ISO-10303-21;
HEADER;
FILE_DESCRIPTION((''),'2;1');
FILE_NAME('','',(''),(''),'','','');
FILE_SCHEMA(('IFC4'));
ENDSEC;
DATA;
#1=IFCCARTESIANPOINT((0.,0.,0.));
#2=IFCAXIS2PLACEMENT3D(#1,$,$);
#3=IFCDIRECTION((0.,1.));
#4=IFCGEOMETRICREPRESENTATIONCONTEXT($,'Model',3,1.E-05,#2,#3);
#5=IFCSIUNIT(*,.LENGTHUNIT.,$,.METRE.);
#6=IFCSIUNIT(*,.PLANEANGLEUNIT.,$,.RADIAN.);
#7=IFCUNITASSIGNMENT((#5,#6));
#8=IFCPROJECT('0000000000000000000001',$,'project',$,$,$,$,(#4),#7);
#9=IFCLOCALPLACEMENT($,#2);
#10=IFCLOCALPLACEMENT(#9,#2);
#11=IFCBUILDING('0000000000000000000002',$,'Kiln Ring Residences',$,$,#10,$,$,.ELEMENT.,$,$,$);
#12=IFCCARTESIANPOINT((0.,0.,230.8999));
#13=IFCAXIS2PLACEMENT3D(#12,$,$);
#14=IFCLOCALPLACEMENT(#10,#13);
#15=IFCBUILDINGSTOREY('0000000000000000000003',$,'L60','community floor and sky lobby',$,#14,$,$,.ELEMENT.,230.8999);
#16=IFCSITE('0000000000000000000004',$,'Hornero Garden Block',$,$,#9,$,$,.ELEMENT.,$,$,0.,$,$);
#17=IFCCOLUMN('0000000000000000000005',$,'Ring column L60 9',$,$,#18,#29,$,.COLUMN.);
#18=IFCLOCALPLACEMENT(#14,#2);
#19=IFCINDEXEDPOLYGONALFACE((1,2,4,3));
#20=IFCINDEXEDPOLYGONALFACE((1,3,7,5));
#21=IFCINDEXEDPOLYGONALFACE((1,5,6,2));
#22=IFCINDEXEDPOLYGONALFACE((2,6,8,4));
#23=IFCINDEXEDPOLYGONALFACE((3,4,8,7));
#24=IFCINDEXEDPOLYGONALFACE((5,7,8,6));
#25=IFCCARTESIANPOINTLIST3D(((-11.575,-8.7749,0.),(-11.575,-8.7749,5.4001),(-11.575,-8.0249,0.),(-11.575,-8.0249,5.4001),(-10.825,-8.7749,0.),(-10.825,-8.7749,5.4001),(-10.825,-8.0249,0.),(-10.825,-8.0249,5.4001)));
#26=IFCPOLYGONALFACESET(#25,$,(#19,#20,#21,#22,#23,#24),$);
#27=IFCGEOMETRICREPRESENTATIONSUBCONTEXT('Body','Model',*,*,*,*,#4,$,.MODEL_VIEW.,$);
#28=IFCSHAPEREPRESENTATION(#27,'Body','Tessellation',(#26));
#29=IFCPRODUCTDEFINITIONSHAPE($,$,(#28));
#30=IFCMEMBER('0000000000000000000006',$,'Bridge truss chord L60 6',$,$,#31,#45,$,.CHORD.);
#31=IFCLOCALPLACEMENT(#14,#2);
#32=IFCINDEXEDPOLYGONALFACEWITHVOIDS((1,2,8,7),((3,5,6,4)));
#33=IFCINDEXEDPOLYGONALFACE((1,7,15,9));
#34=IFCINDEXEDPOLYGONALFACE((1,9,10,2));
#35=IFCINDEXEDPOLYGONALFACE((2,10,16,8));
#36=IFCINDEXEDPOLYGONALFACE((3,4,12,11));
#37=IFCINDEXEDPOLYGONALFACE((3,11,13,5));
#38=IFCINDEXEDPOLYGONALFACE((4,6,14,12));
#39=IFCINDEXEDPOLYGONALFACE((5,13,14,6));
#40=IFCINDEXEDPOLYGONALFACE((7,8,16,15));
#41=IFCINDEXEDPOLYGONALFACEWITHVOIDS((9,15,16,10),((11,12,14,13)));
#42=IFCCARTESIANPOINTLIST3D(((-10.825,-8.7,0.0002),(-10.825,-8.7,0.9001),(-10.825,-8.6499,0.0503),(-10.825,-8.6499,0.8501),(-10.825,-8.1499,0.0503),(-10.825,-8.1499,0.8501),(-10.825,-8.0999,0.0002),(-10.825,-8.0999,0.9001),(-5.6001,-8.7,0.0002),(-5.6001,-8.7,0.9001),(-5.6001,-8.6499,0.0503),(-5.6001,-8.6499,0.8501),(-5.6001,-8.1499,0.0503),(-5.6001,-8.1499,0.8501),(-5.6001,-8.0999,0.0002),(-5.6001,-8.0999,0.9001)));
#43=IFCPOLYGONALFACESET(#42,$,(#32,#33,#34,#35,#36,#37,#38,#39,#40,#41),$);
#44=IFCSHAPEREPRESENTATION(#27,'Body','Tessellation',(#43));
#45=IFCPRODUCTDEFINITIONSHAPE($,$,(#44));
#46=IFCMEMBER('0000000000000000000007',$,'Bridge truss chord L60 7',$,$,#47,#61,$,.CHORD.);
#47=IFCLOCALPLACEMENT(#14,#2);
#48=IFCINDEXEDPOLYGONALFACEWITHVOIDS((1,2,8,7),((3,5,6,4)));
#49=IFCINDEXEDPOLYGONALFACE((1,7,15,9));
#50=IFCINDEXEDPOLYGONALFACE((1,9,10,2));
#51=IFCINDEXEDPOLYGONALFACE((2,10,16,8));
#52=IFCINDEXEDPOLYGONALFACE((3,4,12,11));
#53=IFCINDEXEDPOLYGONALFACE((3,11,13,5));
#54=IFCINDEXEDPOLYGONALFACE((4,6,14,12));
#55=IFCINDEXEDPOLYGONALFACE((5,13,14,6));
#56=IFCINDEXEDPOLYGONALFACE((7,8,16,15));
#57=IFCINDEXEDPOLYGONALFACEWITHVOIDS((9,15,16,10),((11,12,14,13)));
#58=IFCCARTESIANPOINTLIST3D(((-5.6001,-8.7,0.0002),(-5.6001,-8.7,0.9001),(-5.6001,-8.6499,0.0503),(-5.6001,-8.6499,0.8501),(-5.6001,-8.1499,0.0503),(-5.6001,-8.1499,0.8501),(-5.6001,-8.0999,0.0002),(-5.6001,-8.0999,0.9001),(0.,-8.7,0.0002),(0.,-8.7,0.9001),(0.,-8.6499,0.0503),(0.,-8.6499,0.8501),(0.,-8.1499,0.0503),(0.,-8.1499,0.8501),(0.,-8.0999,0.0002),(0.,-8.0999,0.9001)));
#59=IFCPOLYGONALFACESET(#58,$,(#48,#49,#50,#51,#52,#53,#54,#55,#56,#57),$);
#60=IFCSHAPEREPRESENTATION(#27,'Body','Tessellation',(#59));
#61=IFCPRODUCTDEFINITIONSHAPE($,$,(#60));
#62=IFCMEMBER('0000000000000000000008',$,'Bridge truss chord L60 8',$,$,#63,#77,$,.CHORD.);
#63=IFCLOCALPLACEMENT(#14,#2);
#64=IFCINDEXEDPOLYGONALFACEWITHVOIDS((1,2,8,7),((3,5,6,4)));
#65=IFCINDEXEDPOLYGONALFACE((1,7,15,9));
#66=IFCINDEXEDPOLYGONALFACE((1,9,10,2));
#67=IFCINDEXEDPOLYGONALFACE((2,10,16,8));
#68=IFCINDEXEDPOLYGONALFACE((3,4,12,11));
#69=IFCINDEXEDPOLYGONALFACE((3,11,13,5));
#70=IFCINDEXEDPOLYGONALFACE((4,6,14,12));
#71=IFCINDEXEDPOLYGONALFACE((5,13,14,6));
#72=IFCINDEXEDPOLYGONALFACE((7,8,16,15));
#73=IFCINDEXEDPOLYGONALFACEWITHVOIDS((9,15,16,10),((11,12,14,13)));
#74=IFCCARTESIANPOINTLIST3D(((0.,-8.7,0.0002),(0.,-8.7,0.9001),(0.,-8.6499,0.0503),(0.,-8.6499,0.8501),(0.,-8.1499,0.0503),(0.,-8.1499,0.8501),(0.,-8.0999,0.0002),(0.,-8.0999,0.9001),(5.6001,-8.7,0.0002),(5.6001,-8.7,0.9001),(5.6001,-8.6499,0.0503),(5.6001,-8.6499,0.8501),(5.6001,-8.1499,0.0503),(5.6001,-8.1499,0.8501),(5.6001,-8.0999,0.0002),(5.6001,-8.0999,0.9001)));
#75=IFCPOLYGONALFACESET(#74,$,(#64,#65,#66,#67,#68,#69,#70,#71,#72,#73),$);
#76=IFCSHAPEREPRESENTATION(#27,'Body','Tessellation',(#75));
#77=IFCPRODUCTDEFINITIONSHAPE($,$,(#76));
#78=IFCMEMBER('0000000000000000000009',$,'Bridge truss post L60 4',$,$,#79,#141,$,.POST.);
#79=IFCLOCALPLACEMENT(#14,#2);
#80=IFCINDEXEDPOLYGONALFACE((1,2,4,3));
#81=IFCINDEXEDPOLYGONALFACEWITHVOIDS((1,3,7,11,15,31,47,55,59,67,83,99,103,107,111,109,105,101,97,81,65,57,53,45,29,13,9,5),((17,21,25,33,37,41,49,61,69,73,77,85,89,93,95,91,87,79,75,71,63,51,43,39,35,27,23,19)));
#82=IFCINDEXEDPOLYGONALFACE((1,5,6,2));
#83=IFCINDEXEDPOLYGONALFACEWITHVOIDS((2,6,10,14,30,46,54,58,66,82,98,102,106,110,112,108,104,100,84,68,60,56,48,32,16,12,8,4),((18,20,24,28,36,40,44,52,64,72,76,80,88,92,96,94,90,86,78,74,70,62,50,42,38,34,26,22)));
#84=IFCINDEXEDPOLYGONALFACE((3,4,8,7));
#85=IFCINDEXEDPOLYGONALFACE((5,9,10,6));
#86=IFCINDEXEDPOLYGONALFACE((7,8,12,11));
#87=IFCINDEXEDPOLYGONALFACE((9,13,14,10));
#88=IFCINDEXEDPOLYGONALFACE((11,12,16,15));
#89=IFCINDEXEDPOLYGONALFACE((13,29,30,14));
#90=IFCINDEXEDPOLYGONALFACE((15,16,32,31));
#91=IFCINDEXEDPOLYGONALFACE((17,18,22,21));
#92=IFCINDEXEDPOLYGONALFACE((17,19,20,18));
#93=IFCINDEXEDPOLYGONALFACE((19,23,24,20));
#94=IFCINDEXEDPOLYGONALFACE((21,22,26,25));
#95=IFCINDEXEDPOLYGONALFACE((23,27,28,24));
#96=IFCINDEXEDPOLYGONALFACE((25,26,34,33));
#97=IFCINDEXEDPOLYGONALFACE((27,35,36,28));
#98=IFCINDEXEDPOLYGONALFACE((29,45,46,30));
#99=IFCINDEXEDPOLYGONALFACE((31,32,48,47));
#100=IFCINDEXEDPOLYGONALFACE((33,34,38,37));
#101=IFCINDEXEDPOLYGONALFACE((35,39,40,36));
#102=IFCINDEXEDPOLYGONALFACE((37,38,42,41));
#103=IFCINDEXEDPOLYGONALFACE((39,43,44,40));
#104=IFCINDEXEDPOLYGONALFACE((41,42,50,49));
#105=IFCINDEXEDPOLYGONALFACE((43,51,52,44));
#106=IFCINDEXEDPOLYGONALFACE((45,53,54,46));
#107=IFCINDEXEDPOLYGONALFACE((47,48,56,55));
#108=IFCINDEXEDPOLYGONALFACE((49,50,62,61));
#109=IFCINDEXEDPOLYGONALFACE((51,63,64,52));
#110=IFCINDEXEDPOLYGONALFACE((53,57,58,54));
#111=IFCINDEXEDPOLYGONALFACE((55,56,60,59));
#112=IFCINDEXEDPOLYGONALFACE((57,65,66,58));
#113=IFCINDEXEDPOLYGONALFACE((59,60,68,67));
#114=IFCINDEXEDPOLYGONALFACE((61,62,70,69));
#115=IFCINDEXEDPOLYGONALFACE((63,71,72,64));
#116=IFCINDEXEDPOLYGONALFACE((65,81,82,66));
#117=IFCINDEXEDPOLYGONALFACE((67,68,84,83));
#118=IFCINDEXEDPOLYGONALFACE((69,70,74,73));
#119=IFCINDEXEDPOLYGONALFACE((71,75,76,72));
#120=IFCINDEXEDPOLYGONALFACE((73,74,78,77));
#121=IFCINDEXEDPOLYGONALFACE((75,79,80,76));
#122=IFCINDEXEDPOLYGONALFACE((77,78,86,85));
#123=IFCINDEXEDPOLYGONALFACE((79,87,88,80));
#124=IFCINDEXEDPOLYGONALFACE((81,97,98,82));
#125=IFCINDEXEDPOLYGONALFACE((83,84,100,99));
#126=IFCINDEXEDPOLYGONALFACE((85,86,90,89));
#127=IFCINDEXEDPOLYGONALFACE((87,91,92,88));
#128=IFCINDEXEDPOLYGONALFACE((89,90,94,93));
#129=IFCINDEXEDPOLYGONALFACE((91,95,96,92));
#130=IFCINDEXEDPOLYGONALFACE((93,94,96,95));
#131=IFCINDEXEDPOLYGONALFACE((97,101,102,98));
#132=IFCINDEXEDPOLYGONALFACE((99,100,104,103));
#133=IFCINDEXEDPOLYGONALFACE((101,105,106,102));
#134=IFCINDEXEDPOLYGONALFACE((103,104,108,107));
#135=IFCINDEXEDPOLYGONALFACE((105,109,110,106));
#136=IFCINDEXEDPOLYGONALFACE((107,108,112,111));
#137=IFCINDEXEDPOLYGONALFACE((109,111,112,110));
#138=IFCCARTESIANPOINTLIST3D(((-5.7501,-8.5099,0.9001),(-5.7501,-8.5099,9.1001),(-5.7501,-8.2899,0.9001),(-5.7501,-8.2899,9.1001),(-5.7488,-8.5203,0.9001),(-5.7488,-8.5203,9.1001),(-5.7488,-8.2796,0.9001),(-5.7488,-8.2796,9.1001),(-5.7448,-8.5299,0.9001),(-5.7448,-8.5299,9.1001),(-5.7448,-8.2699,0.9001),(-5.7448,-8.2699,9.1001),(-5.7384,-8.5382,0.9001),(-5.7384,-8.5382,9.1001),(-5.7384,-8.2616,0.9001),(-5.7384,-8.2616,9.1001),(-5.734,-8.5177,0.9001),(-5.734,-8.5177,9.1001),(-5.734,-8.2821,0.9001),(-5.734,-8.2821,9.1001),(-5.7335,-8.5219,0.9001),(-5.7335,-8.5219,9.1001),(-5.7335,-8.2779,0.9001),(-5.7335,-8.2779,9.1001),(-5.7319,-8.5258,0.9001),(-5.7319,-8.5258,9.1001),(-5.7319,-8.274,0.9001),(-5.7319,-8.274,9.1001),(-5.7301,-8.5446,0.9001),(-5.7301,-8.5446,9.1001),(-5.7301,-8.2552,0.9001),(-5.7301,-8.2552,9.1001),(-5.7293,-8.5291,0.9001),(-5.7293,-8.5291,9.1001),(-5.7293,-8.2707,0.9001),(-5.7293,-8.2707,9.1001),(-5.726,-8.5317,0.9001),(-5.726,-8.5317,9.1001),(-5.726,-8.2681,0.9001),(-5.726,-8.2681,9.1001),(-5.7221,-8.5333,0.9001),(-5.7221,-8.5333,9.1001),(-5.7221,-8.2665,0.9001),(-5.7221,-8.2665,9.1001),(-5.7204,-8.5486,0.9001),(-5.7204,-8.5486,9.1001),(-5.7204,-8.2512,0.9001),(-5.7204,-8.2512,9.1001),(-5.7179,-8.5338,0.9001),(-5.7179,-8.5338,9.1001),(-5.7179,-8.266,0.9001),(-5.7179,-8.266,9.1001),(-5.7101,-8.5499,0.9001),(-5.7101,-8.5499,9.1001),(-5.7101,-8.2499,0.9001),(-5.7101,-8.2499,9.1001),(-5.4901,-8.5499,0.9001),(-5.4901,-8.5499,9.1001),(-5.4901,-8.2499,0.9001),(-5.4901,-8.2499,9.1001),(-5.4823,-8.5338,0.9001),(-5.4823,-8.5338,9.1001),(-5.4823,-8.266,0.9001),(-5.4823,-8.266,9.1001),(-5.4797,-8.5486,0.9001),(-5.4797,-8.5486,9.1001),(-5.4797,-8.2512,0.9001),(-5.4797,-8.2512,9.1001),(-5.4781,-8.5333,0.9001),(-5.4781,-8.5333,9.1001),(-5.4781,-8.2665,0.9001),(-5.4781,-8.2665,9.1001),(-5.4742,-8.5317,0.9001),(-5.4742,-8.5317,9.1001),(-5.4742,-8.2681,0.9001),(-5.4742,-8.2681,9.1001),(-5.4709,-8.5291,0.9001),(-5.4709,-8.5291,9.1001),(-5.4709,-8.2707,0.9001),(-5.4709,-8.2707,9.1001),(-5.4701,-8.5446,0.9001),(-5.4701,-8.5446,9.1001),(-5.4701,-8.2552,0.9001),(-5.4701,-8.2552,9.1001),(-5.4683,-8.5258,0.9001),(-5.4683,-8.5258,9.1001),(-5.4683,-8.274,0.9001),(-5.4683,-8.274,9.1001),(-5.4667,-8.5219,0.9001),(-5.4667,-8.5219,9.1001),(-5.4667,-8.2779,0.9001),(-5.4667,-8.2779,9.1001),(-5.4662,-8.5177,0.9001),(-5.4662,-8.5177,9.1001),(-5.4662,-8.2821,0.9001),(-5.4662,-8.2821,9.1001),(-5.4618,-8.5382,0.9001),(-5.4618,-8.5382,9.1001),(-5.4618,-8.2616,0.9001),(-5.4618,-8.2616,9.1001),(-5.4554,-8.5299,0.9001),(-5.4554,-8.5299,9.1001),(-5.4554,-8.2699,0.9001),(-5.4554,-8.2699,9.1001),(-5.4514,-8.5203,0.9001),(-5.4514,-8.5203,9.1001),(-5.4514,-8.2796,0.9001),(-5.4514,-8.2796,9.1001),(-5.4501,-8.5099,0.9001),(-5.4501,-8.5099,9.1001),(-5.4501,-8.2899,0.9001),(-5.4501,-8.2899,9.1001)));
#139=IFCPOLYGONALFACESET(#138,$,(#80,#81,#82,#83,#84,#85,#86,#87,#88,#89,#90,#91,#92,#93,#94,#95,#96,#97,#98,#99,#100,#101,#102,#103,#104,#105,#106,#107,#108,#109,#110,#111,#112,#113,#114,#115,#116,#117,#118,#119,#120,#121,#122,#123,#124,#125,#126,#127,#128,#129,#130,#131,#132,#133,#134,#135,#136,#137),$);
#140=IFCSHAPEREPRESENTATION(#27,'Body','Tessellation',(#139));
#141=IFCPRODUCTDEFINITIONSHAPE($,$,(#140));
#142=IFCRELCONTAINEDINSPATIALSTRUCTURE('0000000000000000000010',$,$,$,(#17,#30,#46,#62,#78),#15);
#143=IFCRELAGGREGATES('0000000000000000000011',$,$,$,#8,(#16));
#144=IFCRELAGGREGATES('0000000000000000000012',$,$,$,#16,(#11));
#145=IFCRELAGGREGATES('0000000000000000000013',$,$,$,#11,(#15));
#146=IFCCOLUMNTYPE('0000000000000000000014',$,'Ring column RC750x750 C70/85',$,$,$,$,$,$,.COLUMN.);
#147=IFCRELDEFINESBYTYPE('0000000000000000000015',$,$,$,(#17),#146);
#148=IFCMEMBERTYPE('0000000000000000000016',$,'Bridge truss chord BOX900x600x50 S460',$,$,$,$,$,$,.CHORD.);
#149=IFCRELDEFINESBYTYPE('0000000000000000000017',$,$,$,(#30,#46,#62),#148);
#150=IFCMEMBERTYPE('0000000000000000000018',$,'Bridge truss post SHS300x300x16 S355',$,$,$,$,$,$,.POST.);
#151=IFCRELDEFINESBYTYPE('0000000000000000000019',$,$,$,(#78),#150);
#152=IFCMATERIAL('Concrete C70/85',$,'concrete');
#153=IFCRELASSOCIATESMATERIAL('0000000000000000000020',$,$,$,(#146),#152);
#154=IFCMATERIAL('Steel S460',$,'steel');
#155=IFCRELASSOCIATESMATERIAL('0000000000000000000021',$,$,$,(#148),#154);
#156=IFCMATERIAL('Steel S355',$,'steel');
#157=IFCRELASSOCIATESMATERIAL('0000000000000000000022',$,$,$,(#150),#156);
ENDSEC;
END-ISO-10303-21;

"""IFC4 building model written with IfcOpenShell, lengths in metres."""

from ifc_helpers import new_model, si_unit, direction, frame, origin, origin_2d, place, context, subcontext, project, spatial, rectangle, hollow_rectangle, extrude, material, material_profile, profile_set, type_object, element, save


model = new_model("IFC4")

# Units and contexts
model_context = context("Model", 3, precision=1e-05, world=origin(), true_north=direction((0.0, 1.0)))
body_context = subcontext(model_context, "Body", "Model", "MODEL_VIEW")
ifc_project = project(units=[si_unit("LENGTHUNIT", "METRE"), si_unit("PLANEANGLEUNIT", "RADIAN")], contexts=[model_context])

# Site, building, storey
site_placement = place(None, origin())
site = spatial("IfcSite", under=ifc_project, at=site_placement, Name="Hornero Garden Block", CompositionType="ELEMENT", RefElevation=0.0)
building_placement = place(site_placement, origin())
building = spatial("IfcBuilding", under=site, at=building_placement, Name="Kiln Ring Residences", CompositionType="ELEMENT")
storey_placement = place(building_placement, frame((0.0, 0.0, 230.8999)))
storey = spatial("IfcBuildingStorey", under=building, at=storey_placement, Name="L60", Description="community floor and sky lobby", CompositionType="ELEMENT", Elevation=230.8999)

# Column
ifc_material_1 = material(Name="Concrete C70/85", Category="concrete")
ifc_material_profile_1 = material_profile(ifc_material_1, rectangle(XDim=0.75, YDim=0.75, at=origin_2d()), Name="RC750x750")
ifc_profile_set_1 = profile_set([ifc_material_profile_1], Name="Concrete C70/85")
column_type = type_object("IfcColumnType", Name="Ring column RC750x750 C70/85", PredefinedType="COLUMN", material=ifc_profile_set_1)
column_placement = place(storey_placement, frame((-11.2, -8.3999, 0.0), z_axis=(0.0, 0.0, 1.0), x_axis=(1.0, 0.0, 0.0)))
element("IfcColumn", 1, at=column_placement, inside=storey, type_object=column_type, Name="Ring column L60 9", PredefinedType="COLUMN", context=body_context, shape_type="SweptSolid", body=[
    extrude(rectangle(XDim=0.75, YDim=0.75, at=origin_2d()), origin(), (0.0, 0.0, 1.0), 5.4001),
])

# Members
ifc_material_2 = material(Name="Steel S460", Category="steel")
ifc_material_profile_2 = material_profile(ifc_material_2, hollow_rectangle(XDim=0.6001, YDim=0.8999, WallThickness=0.05, at=origin_2d()), Name="BOX900x600x50")
ifc_profile_set_2 = profile_set([ifc_material_profile_2], Name="Steel S460")
member_type_1 = type_object("IfcMemberType", Name="Bridge truss chord BOX900x600x50 S460", PredefinedType="CHORD", material=ifc_profile_set_2)
member_1_placement = place(storey_placement, frame((-10.825, -8.3999, 0.4502), z_axis=(1.0, 0.0, 0.0), x_axis=(0.0, 1.0, 0.0)))
element("IfcMember", 2, at=member_1_placement, inside=storey, type_object=member_type_1, Name="Bridge truss chord L60 6", PredefinedType="CHORD", context=body_context, shape_type="SweptSolid", body=[
    extrude(hollow_rectangle(XDim=0.6001, YDim=0.8999, WallThickness=0.05, at=origin_2d()), origin(), (0.0, 0.0, 1.0), 5.2249),
])
for number, where, z_axis, x_axis, name in (
    (3, (-5.6001, -8.3999, 0.4502), (1.0, 0.0, 0.0), (0.0, 1.0, 0.0), "Bridge truss chord L60 7"),
    (4, (0.0, -8.3999, 0.4502), (1.0, 0.0, 0.0), (0.0, 1.0, 0.0), "Bridge truss chord L60 8"),
):
    element("IfcMember", number, at=place(storey_placement, frame(where, z_axis=z_axis, x_axis=x_axis)), inside=storey, type_object=member_type_1, Name=name, PredefinedType="CHORD", context=body_context, shape_type="SweptSolid", body=[
        extrude(hollow_rectangle(XDim=0.6001, YDim=0.8999, WallThickness=0.05, at=origin_2d()), origin(), (0.0, 0.0, 1.0), 5.6001),
    ])
ifc_material_3 = material(Name="Steel S355", Category="steel")
ifc_material_profile_3 = material_profile(ifc_material_3, hollow_rectangle(XDim=0.3, YDim=0.3, WallThickness=0.0161, InnerFilletRadius=0.0161, OuterFilletRadius=0.04, at=origin_2d()), Name="SHS300x300x16")
ifc_profile_set_3 = profile_set([ifc_material_profile_3], Name="Steel S355")
member_type_2 = type_object("IfcMemberType", Name="Bridge truss post SHS300x300x16 S355", PredefinedType="POST", material=ifc_profile_set_3)
for number, where, z_axis, x_axis, name in (
    (5, (-5.6001, -8.3999, 0.9001), (0.0, 0.0, 1.0), (1.0, 0.0, 0.0), "Bridge truss post L60 4"),
):
    element("IfcMember", number, at=place(storey_placement, frame(where, z_axis=z_axis, x_axis=x_axis)), inside=storey, type_object=member_type_2, Name=name, PredefinedType="POST", context=body_context, shape_type="SweptSolid", body=[
        extrude(hollow_rectangle(XDim=0.3, YDim=0.3, WallThickness=0.0161, InnerFilletRadius=0.0161, OuterFilletRadius=0.04, at=origin_2d()), origin(), (0.0, 0.0, 1.0), 8.2),
    ])

save(model, "model.ifc")
